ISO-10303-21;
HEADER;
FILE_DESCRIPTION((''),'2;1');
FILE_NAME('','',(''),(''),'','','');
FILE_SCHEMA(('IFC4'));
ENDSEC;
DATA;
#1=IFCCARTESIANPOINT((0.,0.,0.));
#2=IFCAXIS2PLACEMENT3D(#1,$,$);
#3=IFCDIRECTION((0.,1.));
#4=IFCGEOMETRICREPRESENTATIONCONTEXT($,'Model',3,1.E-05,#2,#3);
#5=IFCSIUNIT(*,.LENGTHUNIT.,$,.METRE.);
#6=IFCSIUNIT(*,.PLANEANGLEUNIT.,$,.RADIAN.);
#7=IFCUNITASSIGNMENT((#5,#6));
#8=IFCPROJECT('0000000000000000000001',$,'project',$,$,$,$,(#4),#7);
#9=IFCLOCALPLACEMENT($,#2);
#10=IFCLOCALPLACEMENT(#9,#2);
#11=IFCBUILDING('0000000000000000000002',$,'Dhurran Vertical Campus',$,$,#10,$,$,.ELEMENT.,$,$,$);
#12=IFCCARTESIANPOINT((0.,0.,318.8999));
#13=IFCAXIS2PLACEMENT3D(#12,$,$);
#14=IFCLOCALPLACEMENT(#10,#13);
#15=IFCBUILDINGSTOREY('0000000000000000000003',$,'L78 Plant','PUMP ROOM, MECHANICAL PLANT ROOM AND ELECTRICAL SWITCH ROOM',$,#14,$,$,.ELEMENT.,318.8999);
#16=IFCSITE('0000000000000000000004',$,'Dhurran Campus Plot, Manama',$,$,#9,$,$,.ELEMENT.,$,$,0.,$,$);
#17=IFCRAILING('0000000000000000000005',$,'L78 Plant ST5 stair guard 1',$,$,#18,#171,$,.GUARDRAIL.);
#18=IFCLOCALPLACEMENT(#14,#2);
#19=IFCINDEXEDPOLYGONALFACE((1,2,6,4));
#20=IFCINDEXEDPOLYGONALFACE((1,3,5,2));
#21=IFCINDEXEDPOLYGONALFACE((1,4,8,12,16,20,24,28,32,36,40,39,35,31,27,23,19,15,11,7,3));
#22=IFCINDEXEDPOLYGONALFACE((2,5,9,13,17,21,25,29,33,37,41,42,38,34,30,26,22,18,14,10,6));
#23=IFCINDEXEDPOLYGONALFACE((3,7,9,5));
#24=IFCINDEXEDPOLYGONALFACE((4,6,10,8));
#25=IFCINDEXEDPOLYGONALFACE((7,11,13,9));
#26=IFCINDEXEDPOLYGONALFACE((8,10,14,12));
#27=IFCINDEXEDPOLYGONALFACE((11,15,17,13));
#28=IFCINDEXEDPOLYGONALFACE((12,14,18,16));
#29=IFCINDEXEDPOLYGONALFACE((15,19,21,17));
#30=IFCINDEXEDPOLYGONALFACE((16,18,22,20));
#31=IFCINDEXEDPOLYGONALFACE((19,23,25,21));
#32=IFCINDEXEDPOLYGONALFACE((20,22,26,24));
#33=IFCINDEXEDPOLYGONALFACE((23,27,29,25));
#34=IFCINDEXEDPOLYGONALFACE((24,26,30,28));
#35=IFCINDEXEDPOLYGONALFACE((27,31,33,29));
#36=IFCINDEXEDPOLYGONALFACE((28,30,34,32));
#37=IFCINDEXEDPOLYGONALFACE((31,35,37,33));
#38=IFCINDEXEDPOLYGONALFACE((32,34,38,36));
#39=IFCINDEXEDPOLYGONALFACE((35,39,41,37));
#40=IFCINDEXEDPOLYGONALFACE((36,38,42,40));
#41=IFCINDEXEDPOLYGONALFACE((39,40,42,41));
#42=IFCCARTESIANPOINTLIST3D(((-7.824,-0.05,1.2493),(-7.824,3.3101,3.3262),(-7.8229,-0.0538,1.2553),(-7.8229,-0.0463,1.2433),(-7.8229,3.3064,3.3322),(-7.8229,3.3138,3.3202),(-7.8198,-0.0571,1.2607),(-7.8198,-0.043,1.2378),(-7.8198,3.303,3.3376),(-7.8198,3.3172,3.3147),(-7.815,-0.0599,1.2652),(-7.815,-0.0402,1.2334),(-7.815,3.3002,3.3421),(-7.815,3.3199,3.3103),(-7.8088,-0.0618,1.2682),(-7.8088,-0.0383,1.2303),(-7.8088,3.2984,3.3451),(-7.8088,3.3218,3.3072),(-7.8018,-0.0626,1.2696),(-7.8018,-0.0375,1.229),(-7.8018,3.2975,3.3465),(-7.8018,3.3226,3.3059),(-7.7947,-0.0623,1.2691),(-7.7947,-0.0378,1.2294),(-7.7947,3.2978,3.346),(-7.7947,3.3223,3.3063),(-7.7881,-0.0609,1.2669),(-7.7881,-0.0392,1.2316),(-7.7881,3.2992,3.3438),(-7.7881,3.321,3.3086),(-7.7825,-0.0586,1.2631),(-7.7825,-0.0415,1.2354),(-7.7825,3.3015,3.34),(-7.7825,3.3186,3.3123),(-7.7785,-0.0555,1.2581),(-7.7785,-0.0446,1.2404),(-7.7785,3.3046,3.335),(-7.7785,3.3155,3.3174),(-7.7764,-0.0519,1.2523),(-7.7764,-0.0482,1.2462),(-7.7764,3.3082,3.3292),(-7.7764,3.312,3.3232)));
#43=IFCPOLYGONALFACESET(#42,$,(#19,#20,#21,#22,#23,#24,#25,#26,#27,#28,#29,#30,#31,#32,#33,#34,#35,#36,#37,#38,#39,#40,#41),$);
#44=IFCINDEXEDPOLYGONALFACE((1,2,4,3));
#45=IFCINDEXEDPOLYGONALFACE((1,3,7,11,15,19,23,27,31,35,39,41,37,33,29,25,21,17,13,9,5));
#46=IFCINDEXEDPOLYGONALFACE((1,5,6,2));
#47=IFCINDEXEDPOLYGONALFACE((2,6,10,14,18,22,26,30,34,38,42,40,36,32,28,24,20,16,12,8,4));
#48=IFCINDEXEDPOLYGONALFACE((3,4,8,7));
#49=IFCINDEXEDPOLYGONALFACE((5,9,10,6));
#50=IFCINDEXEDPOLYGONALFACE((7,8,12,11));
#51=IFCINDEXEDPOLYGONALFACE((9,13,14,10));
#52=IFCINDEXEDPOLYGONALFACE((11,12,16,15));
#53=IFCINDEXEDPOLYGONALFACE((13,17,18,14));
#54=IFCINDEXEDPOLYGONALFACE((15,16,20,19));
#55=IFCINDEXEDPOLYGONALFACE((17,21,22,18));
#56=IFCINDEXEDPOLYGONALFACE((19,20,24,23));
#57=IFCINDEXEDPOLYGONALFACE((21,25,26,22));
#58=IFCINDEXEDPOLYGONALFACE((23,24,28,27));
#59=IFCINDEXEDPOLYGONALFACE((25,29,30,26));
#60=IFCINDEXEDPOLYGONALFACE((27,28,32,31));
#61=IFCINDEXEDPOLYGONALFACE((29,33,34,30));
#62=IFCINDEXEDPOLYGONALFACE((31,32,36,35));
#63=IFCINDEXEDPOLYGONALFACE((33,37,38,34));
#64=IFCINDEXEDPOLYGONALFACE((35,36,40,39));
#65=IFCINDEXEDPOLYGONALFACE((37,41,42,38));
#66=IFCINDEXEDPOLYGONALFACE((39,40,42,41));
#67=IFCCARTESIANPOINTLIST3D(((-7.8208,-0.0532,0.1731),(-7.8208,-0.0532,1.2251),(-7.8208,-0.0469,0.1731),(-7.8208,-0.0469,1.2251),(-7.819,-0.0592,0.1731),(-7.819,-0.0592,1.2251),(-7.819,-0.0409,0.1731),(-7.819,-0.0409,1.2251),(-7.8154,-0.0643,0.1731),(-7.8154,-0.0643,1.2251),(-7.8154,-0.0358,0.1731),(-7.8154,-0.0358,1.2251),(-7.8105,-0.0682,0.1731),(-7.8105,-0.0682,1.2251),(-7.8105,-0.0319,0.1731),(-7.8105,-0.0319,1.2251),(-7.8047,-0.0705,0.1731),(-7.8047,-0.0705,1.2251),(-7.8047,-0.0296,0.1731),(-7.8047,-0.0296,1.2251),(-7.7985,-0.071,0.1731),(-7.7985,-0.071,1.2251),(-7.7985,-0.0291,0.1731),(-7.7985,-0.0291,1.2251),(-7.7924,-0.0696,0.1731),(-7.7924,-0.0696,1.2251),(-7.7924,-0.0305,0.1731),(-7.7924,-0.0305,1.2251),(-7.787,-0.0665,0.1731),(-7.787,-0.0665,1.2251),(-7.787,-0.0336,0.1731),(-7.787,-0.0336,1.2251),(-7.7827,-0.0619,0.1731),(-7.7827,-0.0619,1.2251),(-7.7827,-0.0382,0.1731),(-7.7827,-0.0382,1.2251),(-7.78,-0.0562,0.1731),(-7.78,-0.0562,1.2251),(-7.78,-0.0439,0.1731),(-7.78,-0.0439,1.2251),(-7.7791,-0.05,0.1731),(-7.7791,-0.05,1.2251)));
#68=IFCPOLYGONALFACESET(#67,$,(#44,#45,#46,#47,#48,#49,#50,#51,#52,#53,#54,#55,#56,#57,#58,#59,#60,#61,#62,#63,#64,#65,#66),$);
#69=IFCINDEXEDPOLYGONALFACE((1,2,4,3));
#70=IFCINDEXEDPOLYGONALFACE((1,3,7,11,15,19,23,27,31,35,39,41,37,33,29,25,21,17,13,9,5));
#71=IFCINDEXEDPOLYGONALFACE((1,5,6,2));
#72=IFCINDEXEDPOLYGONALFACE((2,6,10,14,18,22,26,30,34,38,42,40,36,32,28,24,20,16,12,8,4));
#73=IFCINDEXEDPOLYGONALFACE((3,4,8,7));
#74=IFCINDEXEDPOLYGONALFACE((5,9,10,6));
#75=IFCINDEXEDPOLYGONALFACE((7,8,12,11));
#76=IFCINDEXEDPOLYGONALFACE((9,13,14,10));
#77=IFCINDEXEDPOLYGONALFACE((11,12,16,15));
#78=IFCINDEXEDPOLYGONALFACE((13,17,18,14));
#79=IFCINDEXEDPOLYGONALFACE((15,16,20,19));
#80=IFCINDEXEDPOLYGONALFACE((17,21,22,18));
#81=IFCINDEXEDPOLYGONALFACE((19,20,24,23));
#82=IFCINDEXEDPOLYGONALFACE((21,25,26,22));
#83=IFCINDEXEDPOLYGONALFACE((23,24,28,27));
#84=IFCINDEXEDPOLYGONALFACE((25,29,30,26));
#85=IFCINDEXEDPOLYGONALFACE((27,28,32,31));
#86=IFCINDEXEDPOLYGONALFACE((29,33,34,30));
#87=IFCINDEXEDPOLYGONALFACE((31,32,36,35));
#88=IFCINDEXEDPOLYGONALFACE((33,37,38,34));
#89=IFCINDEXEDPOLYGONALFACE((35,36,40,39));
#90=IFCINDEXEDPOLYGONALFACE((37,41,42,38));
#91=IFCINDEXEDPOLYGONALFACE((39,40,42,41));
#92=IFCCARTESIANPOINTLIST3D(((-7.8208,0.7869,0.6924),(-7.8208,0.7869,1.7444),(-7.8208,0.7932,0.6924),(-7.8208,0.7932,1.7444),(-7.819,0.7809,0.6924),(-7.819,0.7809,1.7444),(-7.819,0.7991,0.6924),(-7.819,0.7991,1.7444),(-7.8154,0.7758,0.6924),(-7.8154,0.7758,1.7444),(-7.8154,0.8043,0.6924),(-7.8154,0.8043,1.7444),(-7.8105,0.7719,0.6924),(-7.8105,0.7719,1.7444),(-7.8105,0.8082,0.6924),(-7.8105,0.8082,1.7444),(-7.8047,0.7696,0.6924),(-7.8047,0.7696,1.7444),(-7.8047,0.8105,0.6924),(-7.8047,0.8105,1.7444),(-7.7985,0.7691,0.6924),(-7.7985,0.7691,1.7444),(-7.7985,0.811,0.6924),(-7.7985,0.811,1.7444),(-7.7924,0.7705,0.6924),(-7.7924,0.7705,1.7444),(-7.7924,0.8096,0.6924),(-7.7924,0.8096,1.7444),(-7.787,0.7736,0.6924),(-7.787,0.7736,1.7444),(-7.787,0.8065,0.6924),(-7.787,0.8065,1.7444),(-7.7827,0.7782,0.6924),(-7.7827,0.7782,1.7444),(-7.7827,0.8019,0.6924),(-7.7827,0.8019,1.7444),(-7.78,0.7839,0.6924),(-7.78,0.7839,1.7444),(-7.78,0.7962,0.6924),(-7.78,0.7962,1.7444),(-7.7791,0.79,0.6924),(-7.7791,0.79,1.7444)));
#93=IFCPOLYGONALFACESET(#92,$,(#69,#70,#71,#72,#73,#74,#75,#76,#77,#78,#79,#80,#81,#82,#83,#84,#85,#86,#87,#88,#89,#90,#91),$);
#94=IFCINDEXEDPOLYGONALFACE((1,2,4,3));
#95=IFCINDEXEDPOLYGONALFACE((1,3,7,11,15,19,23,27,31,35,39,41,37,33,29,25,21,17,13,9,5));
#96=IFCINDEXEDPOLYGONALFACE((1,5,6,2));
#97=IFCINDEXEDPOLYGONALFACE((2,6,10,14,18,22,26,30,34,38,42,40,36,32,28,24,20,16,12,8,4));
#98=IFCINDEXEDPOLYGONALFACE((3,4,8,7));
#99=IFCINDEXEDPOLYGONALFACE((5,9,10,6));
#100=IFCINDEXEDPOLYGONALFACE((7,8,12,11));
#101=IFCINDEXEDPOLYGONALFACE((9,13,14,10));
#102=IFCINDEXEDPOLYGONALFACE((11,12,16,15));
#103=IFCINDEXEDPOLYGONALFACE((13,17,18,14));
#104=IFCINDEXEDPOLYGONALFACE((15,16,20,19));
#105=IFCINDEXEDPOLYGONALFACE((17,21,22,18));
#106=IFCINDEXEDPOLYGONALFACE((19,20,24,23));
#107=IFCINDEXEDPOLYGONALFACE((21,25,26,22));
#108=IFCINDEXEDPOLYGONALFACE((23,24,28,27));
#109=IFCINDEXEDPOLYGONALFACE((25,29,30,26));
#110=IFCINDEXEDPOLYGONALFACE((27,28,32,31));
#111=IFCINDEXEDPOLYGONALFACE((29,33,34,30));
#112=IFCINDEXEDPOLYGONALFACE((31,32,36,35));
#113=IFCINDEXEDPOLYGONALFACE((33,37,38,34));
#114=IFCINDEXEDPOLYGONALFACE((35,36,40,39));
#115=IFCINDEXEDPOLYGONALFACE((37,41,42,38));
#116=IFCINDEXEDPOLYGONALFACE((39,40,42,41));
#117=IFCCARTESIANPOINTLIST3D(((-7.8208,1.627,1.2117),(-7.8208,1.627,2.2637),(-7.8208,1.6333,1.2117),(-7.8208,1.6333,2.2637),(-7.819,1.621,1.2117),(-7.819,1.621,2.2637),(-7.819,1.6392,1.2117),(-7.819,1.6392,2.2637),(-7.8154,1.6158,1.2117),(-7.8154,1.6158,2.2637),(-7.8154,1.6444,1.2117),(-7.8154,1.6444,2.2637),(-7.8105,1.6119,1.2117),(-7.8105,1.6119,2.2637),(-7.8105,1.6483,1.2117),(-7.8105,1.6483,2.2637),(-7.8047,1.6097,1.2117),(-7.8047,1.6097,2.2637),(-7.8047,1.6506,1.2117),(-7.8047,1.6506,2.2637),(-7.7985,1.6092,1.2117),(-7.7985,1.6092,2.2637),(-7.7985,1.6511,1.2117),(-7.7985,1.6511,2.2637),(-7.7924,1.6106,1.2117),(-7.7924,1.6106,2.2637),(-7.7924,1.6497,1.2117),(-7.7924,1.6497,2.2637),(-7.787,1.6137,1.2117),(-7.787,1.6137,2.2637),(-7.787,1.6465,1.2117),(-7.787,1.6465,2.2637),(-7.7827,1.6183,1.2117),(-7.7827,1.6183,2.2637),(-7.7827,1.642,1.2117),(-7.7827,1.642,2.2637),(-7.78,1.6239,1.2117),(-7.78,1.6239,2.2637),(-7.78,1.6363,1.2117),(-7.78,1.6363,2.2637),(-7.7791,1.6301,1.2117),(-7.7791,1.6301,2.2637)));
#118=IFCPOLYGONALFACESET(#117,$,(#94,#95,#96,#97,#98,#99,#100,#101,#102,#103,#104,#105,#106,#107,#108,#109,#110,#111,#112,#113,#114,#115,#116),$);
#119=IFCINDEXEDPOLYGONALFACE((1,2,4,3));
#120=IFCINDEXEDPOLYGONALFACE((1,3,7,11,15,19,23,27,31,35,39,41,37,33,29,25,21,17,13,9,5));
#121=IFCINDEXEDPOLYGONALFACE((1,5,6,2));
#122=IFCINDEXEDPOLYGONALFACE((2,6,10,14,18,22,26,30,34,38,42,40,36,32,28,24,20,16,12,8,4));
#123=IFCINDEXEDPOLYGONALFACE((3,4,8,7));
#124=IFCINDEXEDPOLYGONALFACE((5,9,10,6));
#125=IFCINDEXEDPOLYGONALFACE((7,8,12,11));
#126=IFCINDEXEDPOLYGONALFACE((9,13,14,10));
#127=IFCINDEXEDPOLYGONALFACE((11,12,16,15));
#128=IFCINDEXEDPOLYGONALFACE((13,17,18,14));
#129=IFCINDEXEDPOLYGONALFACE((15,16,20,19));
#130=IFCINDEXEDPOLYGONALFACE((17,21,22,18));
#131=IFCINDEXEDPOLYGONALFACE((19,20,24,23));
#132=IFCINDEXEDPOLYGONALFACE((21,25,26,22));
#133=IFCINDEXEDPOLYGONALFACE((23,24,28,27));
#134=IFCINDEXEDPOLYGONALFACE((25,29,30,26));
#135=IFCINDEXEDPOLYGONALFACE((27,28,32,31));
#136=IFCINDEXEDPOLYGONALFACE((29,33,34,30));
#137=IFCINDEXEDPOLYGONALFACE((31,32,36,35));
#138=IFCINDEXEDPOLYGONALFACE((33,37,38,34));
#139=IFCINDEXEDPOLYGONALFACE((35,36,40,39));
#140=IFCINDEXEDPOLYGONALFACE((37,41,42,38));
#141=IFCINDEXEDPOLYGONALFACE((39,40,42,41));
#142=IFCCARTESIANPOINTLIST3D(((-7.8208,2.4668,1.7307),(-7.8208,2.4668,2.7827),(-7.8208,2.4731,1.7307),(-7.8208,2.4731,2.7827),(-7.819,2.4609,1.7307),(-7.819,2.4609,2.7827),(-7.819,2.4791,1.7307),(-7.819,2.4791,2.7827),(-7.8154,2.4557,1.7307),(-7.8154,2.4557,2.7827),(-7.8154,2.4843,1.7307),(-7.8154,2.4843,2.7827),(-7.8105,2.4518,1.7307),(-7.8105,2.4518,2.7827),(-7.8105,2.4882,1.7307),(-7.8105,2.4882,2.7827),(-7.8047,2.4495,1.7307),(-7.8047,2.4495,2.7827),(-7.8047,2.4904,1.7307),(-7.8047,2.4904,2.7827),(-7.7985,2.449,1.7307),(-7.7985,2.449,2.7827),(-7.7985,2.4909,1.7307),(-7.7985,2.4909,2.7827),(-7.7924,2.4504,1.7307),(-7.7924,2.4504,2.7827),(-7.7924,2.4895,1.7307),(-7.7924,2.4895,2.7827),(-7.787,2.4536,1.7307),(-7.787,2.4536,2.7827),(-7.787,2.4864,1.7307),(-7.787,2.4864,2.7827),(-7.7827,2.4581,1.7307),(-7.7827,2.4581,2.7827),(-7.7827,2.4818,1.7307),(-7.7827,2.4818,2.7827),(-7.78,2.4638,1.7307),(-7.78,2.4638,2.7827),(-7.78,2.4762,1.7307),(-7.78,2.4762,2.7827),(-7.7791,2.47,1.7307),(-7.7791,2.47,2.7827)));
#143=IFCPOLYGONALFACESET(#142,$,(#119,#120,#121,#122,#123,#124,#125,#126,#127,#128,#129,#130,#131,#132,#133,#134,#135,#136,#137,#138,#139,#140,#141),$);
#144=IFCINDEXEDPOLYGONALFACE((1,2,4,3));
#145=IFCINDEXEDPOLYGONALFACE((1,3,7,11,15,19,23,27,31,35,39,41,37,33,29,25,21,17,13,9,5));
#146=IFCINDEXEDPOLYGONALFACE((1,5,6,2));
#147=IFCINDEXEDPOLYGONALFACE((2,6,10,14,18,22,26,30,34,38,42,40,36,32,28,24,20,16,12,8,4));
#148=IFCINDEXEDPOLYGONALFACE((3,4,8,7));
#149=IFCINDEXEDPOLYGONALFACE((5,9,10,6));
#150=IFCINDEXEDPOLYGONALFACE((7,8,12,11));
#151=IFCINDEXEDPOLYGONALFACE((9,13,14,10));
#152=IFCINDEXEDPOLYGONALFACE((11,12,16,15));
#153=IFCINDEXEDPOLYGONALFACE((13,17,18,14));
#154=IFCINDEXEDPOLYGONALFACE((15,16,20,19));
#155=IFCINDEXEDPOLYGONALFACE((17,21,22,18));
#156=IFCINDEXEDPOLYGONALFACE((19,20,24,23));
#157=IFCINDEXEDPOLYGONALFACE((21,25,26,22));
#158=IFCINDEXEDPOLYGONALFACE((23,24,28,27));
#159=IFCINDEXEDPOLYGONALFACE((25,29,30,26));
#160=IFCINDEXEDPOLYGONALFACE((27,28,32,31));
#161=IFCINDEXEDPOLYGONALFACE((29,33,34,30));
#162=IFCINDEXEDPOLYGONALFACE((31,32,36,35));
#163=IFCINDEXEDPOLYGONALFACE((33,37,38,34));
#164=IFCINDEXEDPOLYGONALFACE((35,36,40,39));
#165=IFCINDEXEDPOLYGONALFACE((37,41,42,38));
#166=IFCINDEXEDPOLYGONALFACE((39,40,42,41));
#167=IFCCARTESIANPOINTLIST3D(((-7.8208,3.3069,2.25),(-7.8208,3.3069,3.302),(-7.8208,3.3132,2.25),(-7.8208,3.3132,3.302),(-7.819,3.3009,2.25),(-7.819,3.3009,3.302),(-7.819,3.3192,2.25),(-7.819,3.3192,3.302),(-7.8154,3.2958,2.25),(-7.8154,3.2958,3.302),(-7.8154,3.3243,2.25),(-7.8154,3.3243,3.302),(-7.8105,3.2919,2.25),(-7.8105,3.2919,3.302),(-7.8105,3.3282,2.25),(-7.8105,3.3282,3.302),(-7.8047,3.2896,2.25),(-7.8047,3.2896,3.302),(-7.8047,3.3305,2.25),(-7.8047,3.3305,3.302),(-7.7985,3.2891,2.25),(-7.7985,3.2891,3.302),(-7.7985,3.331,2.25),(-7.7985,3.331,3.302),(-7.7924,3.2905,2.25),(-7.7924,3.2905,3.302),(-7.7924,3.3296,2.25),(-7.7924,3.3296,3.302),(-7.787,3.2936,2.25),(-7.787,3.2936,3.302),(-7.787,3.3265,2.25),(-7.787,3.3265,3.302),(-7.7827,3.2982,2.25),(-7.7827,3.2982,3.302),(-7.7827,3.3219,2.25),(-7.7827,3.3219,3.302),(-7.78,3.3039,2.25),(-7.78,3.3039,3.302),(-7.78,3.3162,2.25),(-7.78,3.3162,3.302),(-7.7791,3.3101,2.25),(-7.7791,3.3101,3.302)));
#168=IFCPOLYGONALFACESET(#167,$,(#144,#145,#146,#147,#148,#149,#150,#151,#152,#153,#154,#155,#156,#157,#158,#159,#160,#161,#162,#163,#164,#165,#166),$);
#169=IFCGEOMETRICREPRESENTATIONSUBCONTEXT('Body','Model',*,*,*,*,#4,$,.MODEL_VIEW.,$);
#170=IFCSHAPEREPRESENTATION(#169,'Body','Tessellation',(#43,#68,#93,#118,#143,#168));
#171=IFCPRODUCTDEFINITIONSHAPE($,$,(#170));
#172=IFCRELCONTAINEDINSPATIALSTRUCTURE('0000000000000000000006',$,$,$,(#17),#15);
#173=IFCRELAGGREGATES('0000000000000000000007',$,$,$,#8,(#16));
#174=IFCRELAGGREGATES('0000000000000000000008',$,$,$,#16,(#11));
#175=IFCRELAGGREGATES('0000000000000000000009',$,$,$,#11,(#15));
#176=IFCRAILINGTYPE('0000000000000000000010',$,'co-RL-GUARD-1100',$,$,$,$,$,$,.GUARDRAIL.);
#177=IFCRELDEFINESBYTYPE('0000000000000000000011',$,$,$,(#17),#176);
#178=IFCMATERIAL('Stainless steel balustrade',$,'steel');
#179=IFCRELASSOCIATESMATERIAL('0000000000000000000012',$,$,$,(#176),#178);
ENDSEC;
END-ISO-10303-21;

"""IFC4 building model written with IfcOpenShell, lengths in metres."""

from ifc_helpers import new_model, si_unit, direction, frame, origin, origin_2d, place, context, subcontext, project, spatial, circle, extrude, material, type_object, element, save


model = new_model("IFC4")

# Units and contexts
model_context = context("Model", 3, precision=1e-05, world=origin(), true_north=direction((0.0, 1.0)))
body_context = subcontext(model_context, "Body", "Model", "MODEL_VIEW")
ifc_project = project(units=[si_unit("LENGTHUNIT", "METRE"), si_unit("PLANEANGLEUNIT", "RADIAN")], contexts=[model_context])

# Site, building, storey
site_placement = place(None, origin())
site = spatial("IfcSite", under=ifc_project, at=site_placement, Name="Dhurran Campus Plot, Manama", CompositionType="ELEMENT", RefElevation=0.0)
building_placement = place(site_placement, origin())
building = spatial("IfcBuilding", under=site, at=building_placement, Name="Dhurran Vertical Campus", CompositionType="ELEMENT")
storey_placement = place(building_placement, frame((0.0, 0.0, 318.8999)))
storey = spatial("IfcBuildingStorey", under=building, at=storey_placement, Name="L78 Plant", Description="PUMP ROOM, MECHANICAL PLANT ROOM AND ELECTRICAL SWITCH ROOM", CompositionType="ELEMENT", Elevation=318.8999)

# Railing
ifc_material_1 = material(Name="Stainless steel balustrade", Category="steel")
railing_type = type_object("IfcRailingType", Name="co-RL-GUARD-1100", PredefinedType="GUARDRAIL", material=ifc_material_1)
railing_1_placement = place(storey_placement, frame((-7.8, -0.05, 0.1731)))
element("IfcRailing", 1, at=railing_1_placement, inside=storey, type_object=railing_type, Name="L78 Plant ST5 stair guard 1", PredefinedType="GUARDRAIL", context=body_context, shape_type="SweptSolid", body=[
    extrude(circle(Radius=0.0239, at=origin_2d()), frame((0.0, 0.0, 1.0762), z_axis=(0.0, 0.850623, 0.525776), x_axis=(-1.0, 0.0, 0.0)), (0.0, 0.0, 1.0), 3.9502),
    extrude(circle(Radius=0.021, at=origin_2d()), origin(), (0.0, 0.0, 1.0), 1.052),
    extrude(circle(Radius=0.021, at=origin_2d()), frame((0.0, 0.8401, 0.5193)), (0.0, 0.0, 1.0), 1.052),
    extrude(circle(Radius=0.021, at=origin_2d()), frame((0.0, 1.6802, 1.0386)), (0.0, 0.0, 1.0), 1.052),
    extrude(circle(Radius=0.021, at=origin_2d()), frame((0.0, 2.52, 1.5576)), (0.0, 0.0, 1.0), 1.052),
    extrude(circle(Radius=0.021, at=origin_2d()), frame((0.0, 3.3601, 2.0769)), (0.0, 0.0, 1.0), 1.052),
])

save(model, "model.ifc")
